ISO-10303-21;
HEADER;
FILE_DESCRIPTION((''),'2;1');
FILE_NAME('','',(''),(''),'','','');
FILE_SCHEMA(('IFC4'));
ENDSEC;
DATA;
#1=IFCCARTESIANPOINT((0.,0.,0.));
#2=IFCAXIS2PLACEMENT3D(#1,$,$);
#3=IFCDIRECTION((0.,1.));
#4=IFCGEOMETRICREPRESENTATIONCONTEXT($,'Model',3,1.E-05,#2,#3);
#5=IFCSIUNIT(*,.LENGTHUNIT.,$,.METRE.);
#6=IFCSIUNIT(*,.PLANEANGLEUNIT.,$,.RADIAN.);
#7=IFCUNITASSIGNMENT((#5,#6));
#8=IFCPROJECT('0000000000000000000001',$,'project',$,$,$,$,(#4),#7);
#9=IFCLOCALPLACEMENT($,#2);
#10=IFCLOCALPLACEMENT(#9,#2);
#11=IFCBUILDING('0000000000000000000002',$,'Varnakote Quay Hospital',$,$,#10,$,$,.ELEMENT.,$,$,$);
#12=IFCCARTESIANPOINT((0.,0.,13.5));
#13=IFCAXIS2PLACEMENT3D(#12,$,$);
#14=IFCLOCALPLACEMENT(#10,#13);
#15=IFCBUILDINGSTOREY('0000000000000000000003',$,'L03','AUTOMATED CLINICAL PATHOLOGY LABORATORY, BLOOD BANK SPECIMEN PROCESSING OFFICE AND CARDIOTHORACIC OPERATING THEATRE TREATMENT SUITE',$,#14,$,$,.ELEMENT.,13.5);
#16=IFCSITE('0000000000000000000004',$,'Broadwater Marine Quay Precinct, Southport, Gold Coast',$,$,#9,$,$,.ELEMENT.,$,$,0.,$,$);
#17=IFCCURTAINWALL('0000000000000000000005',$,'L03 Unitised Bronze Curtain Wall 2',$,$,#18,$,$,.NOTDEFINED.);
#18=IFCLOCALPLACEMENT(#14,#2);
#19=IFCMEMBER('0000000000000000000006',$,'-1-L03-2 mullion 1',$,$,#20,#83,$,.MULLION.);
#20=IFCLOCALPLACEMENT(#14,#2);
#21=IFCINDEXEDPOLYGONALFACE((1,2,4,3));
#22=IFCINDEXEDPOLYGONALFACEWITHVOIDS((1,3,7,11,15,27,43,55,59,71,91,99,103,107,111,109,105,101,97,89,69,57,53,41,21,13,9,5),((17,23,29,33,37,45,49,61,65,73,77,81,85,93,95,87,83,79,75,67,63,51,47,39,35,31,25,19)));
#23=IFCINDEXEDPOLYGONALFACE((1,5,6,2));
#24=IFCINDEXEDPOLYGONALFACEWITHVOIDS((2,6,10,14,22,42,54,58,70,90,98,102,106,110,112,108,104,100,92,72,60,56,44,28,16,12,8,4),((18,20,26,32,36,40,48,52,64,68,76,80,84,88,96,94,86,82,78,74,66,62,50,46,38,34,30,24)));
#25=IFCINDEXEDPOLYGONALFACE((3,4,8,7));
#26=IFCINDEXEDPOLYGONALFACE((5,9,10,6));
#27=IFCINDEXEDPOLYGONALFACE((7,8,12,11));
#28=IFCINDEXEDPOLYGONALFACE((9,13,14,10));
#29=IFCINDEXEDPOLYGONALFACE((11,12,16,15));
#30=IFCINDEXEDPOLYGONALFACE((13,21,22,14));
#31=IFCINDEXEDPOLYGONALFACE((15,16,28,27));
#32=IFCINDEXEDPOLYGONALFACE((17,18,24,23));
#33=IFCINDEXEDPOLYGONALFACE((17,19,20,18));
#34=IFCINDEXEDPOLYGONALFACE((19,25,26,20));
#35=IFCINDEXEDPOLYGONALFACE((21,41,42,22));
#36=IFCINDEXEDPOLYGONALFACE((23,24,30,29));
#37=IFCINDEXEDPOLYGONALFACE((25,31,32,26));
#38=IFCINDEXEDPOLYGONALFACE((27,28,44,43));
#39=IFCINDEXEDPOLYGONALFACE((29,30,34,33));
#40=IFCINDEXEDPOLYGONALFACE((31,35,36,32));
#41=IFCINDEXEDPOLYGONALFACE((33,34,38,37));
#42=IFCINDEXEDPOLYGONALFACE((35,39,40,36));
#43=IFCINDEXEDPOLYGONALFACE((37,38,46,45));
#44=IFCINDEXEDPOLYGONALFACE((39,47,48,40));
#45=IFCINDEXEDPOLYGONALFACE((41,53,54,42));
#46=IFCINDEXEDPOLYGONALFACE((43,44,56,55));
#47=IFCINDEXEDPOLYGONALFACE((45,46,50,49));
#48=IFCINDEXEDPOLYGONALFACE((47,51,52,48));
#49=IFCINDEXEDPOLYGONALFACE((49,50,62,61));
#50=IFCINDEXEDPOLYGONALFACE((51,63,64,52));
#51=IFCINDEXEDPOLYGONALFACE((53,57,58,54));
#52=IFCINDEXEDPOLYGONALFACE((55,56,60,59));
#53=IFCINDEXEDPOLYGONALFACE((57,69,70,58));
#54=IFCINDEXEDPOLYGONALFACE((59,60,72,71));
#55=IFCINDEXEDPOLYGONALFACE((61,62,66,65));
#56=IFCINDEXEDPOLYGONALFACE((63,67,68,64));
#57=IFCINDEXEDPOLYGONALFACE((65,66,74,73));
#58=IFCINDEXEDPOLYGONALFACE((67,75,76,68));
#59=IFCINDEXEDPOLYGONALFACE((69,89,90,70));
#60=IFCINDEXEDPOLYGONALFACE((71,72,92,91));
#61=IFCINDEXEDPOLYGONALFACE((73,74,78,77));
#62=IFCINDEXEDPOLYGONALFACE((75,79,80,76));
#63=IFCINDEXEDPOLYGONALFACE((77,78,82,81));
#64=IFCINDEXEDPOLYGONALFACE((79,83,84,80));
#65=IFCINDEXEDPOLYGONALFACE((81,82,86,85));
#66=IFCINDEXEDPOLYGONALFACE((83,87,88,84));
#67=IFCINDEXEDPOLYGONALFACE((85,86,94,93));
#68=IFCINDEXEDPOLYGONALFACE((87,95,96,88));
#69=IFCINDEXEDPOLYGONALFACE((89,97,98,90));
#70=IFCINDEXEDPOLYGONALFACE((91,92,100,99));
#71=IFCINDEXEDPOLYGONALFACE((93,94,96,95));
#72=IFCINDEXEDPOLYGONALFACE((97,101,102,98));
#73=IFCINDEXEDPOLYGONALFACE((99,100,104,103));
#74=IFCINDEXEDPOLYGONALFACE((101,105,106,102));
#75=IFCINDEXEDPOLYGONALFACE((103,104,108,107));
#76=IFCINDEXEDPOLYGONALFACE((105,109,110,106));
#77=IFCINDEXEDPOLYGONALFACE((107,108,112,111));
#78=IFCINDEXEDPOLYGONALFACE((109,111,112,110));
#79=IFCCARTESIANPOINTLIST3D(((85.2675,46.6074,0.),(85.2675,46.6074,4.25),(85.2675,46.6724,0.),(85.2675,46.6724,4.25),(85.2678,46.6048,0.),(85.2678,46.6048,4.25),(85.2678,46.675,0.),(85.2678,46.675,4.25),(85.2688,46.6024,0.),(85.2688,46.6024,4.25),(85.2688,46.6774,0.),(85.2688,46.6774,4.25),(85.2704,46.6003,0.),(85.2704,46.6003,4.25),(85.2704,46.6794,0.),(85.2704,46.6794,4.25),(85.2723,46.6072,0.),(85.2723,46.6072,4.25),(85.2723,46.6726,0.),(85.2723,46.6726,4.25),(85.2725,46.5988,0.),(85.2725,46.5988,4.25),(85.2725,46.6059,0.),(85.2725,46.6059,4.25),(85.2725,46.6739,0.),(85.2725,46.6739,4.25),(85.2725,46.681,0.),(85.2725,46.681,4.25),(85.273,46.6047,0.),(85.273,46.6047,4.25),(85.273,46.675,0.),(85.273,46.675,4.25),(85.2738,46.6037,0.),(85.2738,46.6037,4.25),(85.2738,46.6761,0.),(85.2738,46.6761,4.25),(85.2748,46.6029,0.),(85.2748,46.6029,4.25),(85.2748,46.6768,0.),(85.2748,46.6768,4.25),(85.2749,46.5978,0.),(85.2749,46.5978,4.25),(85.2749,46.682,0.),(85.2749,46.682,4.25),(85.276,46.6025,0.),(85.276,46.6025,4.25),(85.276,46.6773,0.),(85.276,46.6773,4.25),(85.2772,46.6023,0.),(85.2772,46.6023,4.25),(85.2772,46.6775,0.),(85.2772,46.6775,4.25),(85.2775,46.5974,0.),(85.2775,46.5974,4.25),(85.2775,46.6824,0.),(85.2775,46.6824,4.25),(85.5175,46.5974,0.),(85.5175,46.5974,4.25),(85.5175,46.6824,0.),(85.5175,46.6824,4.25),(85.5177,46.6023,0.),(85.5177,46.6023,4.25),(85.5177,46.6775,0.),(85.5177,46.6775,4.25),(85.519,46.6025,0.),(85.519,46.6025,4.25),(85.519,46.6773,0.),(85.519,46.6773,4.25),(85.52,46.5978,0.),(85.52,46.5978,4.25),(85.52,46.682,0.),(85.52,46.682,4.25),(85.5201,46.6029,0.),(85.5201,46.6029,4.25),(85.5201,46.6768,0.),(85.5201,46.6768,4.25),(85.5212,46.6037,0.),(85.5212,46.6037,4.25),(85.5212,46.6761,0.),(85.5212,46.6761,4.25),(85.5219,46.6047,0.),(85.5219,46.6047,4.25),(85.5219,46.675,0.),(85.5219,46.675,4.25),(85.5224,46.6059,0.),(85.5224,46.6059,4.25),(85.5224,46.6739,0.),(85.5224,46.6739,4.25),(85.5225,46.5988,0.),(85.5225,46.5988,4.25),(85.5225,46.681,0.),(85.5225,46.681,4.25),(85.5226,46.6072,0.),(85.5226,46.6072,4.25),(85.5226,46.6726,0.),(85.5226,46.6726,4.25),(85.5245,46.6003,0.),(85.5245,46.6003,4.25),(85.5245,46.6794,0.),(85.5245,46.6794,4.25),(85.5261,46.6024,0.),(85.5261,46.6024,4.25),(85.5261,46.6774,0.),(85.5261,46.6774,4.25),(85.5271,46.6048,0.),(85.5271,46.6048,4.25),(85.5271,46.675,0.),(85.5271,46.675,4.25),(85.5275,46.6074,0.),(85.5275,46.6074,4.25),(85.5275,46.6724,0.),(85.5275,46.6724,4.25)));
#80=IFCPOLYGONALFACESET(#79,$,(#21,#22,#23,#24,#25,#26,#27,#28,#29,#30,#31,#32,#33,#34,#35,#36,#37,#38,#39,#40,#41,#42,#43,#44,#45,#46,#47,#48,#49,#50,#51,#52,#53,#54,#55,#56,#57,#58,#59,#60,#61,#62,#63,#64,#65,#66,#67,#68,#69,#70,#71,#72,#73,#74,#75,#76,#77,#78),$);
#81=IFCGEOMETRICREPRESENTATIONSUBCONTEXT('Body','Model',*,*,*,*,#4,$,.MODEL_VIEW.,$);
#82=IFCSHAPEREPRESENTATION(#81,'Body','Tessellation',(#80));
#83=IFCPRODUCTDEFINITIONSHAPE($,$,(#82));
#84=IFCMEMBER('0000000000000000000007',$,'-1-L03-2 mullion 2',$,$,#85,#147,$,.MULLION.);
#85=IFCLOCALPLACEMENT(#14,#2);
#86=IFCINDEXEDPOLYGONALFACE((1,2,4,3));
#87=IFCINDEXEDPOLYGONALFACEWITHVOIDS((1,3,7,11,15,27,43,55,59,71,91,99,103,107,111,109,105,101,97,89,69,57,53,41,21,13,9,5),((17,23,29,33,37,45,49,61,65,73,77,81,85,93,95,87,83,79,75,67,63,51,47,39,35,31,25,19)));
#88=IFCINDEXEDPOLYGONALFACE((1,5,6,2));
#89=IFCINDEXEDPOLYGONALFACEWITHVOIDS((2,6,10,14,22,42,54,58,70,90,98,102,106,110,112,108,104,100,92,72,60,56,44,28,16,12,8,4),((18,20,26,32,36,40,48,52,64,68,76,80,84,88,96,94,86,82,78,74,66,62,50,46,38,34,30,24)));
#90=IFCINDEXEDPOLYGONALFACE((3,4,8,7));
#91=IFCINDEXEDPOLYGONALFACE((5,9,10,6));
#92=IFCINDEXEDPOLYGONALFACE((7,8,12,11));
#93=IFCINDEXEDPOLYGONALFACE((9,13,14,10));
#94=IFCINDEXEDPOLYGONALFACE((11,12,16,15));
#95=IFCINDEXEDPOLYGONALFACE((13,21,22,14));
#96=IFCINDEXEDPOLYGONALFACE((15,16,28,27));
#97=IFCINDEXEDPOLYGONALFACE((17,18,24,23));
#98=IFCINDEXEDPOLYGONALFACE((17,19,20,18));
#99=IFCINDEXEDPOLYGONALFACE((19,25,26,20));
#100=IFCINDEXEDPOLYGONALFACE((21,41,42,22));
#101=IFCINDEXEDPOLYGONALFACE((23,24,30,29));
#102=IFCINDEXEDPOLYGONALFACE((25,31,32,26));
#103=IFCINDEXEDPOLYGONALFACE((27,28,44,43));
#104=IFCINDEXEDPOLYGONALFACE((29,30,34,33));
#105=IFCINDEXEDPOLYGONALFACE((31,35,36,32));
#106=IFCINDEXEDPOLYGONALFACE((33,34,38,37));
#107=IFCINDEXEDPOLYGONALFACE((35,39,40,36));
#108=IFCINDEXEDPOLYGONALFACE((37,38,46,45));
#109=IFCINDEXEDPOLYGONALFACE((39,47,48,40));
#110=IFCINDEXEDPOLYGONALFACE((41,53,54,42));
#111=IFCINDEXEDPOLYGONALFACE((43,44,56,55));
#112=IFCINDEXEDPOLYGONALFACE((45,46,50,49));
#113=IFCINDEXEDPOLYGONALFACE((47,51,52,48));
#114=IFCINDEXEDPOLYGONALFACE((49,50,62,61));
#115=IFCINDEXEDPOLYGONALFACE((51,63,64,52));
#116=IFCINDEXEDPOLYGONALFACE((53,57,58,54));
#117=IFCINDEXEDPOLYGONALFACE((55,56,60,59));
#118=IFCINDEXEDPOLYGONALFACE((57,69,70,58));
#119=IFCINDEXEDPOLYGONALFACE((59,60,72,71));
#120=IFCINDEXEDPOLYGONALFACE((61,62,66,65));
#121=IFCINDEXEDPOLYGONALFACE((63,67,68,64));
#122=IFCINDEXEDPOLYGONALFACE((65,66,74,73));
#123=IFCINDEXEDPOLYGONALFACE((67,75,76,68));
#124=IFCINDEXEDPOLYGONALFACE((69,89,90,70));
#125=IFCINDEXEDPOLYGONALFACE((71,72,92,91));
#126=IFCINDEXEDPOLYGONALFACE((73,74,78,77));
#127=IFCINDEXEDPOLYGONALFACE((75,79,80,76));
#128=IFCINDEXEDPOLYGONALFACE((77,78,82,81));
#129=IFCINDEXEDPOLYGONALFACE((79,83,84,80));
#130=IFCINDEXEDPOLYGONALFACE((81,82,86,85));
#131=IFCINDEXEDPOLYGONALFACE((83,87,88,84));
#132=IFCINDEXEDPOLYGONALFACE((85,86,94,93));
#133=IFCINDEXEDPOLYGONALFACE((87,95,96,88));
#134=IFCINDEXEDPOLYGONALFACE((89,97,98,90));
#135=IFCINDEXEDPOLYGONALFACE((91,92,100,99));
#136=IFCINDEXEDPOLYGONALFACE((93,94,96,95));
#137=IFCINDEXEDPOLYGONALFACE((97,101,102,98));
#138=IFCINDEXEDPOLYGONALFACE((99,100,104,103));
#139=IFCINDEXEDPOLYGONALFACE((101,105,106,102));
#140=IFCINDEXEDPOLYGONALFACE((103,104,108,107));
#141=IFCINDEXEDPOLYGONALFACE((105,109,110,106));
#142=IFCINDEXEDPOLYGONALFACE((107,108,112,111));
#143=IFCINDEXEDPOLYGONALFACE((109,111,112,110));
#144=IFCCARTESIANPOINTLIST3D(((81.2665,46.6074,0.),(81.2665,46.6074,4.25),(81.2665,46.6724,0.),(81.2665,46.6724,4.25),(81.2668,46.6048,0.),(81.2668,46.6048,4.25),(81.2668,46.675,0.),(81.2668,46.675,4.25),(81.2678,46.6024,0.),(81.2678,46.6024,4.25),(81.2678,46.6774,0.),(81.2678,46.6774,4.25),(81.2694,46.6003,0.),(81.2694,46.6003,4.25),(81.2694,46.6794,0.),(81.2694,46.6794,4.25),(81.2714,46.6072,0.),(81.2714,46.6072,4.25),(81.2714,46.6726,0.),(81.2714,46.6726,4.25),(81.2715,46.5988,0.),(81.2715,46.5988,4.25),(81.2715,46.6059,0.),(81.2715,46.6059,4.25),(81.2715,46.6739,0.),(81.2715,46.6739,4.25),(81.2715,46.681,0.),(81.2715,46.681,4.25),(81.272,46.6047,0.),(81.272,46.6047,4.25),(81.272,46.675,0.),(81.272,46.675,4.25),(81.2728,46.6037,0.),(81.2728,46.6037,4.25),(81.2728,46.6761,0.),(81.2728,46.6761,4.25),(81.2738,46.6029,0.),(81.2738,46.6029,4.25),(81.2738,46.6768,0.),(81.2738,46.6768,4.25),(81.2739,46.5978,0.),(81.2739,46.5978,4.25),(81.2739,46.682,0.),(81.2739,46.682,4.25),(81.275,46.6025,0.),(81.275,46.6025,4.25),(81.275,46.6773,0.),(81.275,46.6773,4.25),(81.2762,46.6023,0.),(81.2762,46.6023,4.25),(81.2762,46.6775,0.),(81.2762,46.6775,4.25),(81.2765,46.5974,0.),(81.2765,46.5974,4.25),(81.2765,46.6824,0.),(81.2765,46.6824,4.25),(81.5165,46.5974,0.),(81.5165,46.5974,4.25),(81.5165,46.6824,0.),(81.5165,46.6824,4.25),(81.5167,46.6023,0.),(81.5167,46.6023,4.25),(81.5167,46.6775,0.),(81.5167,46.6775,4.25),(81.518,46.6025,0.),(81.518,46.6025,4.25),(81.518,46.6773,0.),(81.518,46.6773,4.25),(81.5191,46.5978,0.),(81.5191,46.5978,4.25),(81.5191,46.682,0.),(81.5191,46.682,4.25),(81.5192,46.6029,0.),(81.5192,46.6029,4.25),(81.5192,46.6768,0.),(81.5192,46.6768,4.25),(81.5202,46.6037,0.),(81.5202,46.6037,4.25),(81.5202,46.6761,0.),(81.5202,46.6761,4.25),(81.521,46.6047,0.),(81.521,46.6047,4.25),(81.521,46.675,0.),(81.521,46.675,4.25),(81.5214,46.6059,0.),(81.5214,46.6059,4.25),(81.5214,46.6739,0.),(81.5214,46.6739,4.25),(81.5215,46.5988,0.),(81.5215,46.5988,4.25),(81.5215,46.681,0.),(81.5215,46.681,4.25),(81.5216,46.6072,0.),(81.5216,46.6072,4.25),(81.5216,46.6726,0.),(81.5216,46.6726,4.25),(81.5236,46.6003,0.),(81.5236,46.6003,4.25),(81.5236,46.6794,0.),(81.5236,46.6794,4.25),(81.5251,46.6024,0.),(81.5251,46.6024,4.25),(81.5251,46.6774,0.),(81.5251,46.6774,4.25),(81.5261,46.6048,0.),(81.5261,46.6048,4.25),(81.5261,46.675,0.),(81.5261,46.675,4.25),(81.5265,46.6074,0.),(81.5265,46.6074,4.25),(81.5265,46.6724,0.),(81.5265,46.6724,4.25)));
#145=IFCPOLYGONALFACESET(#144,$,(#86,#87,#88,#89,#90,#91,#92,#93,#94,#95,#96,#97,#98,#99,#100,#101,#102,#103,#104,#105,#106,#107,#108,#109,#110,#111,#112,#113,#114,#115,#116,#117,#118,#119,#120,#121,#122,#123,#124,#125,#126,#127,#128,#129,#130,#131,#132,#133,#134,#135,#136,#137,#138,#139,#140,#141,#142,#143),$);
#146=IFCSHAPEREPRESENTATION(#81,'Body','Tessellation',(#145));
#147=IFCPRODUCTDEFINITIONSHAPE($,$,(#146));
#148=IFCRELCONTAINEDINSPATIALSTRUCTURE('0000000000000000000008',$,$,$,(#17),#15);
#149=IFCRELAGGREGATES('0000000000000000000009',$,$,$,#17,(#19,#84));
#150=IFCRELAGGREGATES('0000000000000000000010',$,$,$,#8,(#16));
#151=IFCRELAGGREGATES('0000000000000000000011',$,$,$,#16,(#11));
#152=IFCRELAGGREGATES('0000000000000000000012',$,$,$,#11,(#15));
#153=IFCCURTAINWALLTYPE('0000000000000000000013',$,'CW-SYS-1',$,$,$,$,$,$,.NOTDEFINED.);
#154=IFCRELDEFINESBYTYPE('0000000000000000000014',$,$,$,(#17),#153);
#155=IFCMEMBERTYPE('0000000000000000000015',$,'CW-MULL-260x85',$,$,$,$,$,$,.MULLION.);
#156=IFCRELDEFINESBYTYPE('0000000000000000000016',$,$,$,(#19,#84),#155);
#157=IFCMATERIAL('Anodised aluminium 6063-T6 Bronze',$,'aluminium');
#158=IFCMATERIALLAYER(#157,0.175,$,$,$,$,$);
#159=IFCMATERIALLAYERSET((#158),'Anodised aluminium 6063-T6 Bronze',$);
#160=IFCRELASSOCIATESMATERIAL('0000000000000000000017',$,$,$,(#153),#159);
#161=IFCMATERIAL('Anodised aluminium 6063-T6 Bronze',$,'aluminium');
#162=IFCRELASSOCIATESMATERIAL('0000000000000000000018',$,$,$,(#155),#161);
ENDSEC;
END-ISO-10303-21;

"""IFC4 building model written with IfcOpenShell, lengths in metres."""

from ifc_helpers import new_model, si_unit, direction, frame, origin, origin_2d, place, context, subcontext, project, spatial, hollow_rectangle, extrude, material, layer, layer_set, material_profile, profile_set, type_object, element, aggregate, save


model = new_model("IFC4")

# Units and contexts
model_context = context("Model", 3, precision=1e-05, world=origin(), true_north=direction((0.0, 1.0)))
body_context = subcontext(model_context, "Body", "Model", "MODEL_VIEW")
ifc_project = project(units=[si_unit("LENGTHUNIT", "METRE"), si_unit("PLANEANGLEUNIT", "RADIAN")], contexts=[model_context])

# Site, building, storey
site_placement = place(None, origin())
site = spatial("IfcSite", under=ifc_project, at=site_placement, Name="Broadwater Marine Quay Precinct, Southport, Gold Coast", CompositionType="ELEMENT", RefElevation=0.0)
building_placement = place(site_placement, origin())
building = spatial("IfcBuilding", under=site, at=building_placement, Name="Varnakote Quay Hospital", CompositionType="ELEMENT")
storey_placement = place(building_placement, frame((0.0, 0.0, 13.5)))
storey = spatial("IfcBuildingStorey", under=building, at=storey_placement, Name="L03", Description="AUTOMATED CLINICAL PATHOLOGY LABORATORY, BLOOD BANK SPECIMEN PROCESSING OFFICE AND CARDIOTHORACIC OPERATING THEATRE TREATMENT SUITE", CompositionType="ELEMENT", Elevation=13.5)

# Shared definitions
ifc_material_1 = material(Name="Anodised aluminium 6063-T6 Bronze", Category="aluminium")
ifc_layer_1 = layer(ifc_material_1, 0.175)
ifc_layer_set_1 = layer_set([ifc_layer_1], Name="Anodised aluminium 6063-T6 Bronze")
curtain_wall_type = type_object("IfcCurtainWallType", Name="CW-SYS-1", PredefinedType="NOTDEFINED", material=ifc_layer_set_1)
ifc_material_2 = material(Name="Anodised aluminium 6063-T6 Bronze", Category="aluminium")
ifc_material_profile_1 = material_profile(ifc_material_2, hollow_rectangle(XDim=0.085, YDim=0.26, WallThickness=0.0049, InnerFilletRadius=0.0049, OuterFilletRadius=0.01, at=origin_2d()), Name="CW-MULL-260x85")
ifc_profile_set_1 = profile_set([ifc_material_profile_1], Name="Anodised aluminium 6063-T6 Bronze")
member_type_1 = type_object("IfcMemberType", Name="CW-MULL-260x85", PredefinedType="MULLION", material=ifc_profile_set_1)

# Curtain wall, members
curtain_wall_1_placement = place(storey_placement, origin())
curtain_wall_1 = element("IfcCurtainWall", 1, at=curtain_wall_1_placement, inside=storey, type_object=curtain_wall_type, Name="L03 Unitised Bronze Curtain Wall 2", PredefinedType="NOTDEFINED")
member_1_placement = place(storey_placement, frame((85.3975, 46.6399, 0.0), z_axis=(0.0, 0.0, 1.0), x_axis=(0.0, -1.0, 0.0)))
member_1 = element("IfcMember", 2, at=member_1_placement, type_object=member_type_1, Name="-1-L03-2 mullion 1", PredefinedType="MULLION", context=body_context, shape_type="SweptSolid", body=[
    extrude(hollow_rectangle(XDim=0.085, YDim=0.26, WallThickness=0.0049, InnerFilletRadius=0.0049, OuterFilletRadius=0.01, at=origin_2d()), origin(), (0.0, 0.0, 1.0), 4.25),
])
member_2_placement = place(storey_placement, frame((81.3965, 46.6399, 0.0), z_axis=(0.0, 0.0, 1.0), x_axis=(0.0, -1.0, 0.0)))
member_2 = element("IfcMember", 3, at=member_2_placement, type_object=member_type_1, Name="-1-L03-2 mullion 2", PredefinedType="MULLION", context=body_context, shape_type="SweptSolid", body=[
    extrude(hollow_rectangle(XDim=0.085, YDim=0.26, WallThickness=0.0049, InnerFilletRadius=0.0049, OuterFilletRadius=0.01, at=origin_2d()), origin(), (0.0, 0.0, 1.0), 4.25),
])

aggregate(curtain_wall_1, [member_1, member_2])

save(model, "model.ifc")
